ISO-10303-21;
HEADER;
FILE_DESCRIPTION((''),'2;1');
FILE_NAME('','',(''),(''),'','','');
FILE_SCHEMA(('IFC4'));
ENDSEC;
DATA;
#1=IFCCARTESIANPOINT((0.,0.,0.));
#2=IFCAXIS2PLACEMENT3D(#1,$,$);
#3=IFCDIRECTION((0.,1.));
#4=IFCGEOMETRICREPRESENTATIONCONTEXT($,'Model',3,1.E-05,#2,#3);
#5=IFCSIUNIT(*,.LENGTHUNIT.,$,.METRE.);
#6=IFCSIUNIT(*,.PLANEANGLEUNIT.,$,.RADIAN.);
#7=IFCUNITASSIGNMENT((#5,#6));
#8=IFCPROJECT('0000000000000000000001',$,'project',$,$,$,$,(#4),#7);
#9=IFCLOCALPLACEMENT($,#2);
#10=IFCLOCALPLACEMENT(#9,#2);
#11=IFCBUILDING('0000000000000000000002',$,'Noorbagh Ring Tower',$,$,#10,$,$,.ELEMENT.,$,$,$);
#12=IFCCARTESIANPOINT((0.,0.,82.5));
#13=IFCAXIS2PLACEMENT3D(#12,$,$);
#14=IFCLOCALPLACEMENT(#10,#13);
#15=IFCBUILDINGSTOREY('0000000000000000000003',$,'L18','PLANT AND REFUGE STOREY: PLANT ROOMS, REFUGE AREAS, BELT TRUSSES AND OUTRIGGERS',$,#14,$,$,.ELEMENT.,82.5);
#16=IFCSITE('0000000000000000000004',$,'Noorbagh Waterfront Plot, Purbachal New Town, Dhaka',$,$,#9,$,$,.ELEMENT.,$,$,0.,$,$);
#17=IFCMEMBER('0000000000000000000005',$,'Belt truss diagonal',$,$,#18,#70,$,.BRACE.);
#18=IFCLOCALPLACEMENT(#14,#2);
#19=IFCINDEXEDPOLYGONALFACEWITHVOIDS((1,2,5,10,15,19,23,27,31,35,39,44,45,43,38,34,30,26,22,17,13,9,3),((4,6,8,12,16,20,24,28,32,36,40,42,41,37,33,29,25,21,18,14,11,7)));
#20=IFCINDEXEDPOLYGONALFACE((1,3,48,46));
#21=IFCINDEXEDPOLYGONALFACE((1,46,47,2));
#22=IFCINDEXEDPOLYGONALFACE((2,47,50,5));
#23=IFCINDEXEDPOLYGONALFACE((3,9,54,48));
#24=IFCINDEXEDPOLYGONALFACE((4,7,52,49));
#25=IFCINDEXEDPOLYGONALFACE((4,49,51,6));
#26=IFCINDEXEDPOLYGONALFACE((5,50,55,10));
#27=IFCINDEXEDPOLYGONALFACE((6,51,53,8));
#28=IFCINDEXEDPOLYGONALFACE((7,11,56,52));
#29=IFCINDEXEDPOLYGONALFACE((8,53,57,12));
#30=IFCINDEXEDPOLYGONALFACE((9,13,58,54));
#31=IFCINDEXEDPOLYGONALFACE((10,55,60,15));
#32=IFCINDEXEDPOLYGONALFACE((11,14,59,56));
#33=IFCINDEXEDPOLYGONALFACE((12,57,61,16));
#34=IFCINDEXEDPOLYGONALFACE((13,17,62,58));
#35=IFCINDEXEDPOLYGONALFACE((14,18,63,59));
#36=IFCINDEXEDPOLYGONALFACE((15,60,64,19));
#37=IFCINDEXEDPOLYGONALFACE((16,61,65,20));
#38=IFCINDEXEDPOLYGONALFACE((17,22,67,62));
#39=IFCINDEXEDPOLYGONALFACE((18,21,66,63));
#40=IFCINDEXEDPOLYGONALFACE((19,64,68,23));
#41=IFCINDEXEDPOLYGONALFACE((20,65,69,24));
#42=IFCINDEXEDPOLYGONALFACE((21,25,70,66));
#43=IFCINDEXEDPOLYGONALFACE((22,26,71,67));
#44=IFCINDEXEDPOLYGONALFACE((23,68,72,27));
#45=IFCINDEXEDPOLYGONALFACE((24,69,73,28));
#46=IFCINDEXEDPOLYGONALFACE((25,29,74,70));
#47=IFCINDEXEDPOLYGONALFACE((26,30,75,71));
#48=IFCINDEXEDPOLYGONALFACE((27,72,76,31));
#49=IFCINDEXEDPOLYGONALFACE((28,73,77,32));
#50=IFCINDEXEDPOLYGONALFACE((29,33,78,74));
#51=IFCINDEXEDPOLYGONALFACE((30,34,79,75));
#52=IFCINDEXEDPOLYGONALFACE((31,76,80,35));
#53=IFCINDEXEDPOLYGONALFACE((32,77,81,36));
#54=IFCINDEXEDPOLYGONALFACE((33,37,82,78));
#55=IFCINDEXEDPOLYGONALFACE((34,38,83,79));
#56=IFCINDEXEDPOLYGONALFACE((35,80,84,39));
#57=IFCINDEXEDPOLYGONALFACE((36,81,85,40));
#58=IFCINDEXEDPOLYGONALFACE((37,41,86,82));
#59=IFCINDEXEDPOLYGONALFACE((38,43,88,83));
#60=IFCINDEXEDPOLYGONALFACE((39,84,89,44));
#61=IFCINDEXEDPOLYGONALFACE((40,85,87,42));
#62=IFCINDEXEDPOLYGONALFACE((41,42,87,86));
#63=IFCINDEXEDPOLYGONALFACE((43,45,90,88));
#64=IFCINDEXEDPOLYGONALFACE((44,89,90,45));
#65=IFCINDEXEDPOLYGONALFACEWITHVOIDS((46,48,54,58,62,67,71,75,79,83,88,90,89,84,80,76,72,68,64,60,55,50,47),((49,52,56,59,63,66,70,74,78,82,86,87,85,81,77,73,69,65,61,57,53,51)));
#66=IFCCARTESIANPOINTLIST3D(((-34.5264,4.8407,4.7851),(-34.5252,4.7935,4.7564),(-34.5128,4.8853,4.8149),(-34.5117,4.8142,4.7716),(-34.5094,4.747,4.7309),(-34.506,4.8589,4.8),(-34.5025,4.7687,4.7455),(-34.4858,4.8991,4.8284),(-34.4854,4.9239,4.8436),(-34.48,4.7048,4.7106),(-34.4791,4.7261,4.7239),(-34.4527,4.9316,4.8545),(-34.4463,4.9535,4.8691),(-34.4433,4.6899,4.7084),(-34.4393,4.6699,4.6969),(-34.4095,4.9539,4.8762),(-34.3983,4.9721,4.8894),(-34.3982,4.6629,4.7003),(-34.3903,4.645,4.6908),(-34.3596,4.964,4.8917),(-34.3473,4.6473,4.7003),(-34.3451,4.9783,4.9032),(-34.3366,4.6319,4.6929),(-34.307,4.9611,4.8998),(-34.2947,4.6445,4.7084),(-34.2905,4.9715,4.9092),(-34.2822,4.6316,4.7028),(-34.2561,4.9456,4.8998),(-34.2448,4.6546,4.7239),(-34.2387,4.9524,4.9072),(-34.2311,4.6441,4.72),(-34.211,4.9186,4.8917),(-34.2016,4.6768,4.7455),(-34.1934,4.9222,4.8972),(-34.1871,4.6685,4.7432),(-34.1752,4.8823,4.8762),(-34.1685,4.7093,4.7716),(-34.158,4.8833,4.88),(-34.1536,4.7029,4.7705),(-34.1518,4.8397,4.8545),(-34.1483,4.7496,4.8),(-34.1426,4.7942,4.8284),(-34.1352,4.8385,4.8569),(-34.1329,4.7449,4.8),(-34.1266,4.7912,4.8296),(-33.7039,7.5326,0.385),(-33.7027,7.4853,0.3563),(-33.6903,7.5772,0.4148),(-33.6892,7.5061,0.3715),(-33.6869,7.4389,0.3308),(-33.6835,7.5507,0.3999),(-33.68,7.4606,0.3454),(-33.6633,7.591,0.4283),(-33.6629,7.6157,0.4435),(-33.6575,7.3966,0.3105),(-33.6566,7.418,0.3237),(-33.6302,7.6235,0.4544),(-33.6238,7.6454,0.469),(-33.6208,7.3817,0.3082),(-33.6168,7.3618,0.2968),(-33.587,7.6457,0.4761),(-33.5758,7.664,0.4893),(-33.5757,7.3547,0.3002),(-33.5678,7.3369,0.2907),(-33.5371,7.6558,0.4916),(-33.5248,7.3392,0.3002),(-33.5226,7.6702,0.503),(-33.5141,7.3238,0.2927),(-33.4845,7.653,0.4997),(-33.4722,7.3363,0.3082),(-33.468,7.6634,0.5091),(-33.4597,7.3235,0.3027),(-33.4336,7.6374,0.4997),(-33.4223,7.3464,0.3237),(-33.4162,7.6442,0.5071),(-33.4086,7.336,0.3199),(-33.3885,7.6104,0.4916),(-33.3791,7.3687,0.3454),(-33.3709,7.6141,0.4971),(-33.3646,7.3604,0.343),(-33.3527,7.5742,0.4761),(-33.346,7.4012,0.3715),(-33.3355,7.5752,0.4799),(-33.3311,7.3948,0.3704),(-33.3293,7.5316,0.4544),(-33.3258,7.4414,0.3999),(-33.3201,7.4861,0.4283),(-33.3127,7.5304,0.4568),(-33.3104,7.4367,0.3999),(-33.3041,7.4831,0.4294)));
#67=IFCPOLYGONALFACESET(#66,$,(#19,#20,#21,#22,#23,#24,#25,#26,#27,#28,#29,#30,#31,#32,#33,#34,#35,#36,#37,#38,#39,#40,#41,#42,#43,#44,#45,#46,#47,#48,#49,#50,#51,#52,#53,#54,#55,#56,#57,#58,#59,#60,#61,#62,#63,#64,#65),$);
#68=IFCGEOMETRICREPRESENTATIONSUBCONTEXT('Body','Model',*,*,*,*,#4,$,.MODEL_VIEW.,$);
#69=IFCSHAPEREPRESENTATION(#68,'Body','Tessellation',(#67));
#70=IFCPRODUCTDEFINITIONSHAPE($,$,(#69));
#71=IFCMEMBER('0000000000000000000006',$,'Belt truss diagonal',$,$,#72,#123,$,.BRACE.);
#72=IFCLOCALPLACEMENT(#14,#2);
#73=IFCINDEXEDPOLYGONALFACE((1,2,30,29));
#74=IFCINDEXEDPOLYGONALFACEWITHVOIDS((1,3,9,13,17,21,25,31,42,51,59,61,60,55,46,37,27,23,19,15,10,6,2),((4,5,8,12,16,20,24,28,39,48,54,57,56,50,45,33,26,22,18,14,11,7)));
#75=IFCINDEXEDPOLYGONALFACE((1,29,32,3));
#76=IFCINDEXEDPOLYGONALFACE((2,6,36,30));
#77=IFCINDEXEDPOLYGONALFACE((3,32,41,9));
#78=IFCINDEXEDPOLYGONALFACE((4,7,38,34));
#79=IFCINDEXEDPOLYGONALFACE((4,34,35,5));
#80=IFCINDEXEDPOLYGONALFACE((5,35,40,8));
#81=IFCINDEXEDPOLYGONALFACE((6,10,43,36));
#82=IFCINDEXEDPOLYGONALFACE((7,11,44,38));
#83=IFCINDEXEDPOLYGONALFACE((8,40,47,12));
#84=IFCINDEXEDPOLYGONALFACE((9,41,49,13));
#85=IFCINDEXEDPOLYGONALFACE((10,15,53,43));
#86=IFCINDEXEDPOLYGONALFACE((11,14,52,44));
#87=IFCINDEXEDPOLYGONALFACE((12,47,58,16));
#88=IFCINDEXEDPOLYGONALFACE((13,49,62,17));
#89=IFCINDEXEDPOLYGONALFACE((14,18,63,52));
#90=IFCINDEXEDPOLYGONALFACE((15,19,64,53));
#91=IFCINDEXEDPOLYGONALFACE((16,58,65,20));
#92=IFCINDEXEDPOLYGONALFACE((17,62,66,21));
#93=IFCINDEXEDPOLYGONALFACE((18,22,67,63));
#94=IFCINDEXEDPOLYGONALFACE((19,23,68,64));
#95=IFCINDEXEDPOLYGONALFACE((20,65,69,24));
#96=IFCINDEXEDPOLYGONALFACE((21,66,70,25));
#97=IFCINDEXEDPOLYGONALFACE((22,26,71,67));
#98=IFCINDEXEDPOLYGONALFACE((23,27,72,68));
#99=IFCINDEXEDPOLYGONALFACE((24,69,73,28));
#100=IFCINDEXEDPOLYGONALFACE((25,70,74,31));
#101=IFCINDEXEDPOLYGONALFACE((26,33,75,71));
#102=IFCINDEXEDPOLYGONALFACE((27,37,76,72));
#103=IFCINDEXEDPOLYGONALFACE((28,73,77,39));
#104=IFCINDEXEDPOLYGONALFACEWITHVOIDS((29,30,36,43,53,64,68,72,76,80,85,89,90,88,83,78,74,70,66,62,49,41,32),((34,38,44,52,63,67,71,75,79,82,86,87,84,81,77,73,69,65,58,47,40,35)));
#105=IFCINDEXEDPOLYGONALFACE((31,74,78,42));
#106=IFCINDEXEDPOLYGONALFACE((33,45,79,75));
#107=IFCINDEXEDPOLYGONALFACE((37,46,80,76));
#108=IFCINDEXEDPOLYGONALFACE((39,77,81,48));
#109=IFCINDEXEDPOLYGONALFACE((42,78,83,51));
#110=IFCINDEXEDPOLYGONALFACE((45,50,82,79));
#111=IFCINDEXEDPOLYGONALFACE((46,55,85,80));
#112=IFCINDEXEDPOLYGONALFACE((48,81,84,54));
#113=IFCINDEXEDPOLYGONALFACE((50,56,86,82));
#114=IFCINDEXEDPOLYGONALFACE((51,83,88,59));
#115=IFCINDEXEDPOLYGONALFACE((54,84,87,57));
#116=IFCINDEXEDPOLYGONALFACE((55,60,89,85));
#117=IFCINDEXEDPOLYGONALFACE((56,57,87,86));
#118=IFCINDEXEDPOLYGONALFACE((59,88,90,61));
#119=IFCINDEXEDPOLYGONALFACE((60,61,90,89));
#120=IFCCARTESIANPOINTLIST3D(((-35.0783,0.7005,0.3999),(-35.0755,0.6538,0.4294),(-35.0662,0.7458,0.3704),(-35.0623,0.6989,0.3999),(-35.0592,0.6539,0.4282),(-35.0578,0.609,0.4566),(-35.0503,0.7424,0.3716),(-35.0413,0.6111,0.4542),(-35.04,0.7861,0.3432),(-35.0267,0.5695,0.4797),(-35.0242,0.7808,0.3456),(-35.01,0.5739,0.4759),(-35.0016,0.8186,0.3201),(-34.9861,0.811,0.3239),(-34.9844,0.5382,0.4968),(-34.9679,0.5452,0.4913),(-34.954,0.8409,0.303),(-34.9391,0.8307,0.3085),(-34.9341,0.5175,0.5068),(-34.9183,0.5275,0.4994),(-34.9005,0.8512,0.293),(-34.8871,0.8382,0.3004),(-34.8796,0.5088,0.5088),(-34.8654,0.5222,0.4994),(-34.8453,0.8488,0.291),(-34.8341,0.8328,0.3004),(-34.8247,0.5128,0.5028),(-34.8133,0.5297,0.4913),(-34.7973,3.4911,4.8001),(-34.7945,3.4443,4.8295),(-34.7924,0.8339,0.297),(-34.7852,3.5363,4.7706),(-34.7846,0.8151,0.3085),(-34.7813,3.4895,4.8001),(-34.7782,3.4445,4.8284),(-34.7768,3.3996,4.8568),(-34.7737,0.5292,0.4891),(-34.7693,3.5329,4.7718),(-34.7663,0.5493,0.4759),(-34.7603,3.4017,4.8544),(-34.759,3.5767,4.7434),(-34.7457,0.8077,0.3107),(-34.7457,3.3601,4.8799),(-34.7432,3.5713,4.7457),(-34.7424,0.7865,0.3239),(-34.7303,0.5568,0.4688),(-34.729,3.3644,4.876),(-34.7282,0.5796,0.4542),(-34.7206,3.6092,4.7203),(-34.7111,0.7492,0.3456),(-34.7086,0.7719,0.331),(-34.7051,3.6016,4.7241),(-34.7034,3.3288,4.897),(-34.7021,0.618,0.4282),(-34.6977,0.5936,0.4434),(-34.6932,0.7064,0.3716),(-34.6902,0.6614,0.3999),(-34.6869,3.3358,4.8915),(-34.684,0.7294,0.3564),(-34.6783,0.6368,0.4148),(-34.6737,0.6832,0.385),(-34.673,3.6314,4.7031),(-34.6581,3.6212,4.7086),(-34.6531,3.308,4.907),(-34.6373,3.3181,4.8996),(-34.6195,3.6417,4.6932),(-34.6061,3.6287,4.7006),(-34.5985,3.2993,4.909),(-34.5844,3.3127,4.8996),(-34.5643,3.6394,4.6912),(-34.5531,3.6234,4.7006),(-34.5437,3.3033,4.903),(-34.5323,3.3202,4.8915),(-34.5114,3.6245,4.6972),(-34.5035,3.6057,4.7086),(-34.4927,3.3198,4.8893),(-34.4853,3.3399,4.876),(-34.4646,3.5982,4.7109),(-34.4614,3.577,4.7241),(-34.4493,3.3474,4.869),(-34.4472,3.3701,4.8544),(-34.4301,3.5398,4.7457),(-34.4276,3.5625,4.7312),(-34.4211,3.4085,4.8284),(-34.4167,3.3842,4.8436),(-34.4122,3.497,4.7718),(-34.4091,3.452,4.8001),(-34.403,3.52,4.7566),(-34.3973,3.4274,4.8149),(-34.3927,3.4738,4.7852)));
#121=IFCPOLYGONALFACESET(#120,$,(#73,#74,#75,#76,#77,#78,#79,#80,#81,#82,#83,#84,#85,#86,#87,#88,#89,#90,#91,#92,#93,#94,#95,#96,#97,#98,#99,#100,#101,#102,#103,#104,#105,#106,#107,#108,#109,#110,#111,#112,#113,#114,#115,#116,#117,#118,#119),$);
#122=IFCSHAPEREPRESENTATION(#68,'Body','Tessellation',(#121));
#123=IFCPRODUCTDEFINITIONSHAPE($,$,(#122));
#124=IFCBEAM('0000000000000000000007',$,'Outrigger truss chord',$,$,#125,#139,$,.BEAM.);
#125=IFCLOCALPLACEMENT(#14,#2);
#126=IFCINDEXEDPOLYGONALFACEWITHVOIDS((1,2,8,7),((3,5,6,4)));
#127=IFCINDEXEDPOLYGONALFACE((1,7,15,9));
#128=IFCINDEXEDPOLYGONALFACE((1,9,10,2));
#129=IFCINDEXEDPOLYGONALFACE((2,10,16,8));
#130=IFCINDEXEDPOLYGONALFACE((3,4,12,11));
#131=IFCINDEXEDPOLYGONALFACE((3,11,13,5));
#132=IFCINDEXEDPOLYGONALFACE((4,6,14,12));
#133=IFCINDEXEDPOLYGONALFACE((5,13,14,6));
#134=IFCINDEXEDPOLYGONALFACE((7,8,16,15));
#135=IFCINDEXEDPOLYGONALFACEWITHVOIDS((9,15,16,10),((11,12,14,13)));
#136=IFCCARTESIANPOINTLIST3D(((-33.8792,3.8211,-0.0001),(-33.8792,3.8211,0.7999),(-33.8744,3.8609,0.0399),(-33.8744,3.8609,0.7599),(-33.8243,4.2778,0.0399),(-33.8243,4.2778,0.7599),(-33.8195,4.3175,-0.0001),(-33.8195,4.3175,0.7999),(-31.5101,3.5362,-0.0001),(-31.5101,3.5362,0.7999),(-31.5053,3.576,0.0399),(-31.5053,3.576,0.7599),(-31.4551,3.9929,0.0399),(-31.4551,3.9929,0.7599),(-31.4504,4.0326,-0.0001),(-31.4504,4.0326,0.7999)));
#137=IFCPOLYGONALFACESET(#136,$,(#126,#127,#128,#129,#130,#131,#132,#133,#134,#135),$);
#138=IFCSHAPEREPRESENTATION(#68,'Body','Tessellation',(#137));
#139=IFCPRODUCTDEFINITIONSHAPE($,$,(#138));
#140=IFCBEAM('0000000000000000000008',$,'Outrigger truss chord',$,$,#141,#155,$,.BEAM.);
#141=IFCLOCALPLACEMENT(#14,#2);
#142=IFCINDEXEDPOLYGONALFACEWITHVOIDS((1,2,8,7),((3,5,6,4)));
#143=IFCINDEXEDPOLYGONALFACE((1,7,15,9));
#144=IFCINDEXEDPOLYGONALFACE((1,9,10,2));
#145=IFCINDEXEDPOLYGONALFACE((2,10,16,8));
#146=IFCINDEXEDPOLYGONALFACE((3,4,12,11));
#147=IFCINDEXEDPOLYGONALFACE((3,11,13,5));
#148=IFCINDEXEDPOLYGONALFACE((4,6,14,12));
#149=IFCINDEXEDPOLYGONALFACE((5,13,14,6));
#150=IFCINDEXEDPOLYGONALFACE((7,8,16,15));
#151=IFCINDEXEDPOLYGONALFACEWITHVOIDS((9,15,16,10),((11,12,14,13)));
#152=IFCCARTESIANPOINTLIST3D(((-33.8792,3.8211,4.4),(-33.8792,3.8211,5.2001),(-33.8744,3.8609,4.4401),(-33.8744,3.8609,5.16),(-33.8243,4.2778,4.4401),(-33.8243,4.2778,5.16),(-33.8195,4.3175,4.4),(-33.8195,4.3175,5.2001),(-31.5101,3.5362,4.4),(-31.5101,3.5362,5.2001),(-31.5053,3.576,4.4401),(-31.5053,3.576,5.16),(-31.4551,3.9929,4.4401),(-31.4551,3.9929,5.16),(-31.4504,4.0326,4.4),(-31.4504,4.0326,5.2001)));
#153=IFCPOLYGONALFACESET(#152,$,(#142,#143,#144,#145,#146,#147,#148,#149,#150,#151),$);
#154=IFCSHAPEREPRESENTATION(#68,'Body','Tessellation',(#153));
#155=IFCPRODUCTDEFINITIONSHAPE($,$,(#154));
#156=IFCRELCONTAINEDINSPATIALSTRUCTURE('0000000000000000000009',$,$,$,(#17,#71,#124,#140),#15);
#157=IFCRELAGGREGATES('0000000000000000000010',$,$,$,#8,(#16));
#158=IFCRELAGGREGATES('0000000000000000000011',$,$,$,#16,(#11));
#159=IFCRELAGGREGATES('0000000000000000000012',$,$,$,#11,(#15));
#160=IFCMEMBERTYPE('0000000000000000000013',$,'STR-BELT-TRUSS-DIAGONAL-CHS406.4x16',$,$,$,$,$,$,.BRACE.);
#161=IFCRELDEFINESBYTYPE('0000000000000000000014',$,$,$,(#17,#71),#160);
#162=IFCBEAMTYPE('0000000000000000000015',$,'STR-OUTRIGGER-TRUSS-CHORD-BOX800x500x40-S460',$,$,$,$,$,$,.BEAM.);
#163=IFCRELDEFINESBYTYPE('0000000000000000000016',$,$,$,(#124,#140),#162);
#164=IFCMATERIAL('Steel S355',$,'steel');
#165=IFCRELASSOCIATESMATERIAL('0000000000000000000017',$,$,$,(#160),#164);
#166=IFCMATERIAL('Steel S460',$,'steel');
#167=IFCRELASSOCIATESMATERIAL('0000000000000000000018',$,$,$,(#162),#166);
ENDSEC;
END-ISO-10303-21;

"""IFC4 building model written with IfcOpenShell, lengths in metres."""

from ifc_helpers import new_model, si_unit, direction, frame, origin, origin_2d, place, context, subcontext, project, spatial, hollow_rectangle, hollow_circle, extrude, material, material_profile, profile_set, type_object, element, save


model = new_model("IFC4")

# Units and contexts
model_context = context("Model", 3, precision=1e-05, world=origin(), true_north=direction((0.0, 1.0)))
body_context = subcontext(model_context, "Body", "Model", "MODEL_VIEW")
ifc_project = project(units=[si_unit("LENGTHUNIT", "METRE"), si_unit("PLANEANGLEUNIT", "RADIAN")], contexts=[model_context])

# Site, building, storey
site_placement = place(None, origin())
site = spatial("IfcSite", under=ifc_project, at=site_placement, Name="Noorbagh Waterfront Plot, Purbachal New Town, Dhaka", CompositionType="ELEMENT", RefElevation=0.0)
building_placement = place(site_placement, origin())
building = spatial("IfcBuilding", under=site, at=building_placement, Name="Noorbagh Ring Tower", CompositionType="ELEMENT")
storey_placement = place(building_placement, frame((0.0, 0.0, 82.5)))
storey = spatial("IfcBuildingStorey", under=building, at=storey_placement, Name="L18", Description="PLANT AND REFUGE STOREY: PLANT ROOMS, REFUGE AREAS, BELT TRUSSES AND OUTRIGGERS", CompositionType="ELEMENT", Elevation=82.5)

# Members
ifc_material_1 = material(Name="Steel S355", Category="steel")
ifc_material_profile_1 = material_profile(ifc_material_1, hollow_circle(Radius=0.2031, WallThickness=0.0161, at=origin_2d()), Name="CHS406.4x16")
ifc_profile_set_1 = profile_set([ifc_material_profile_1], Name="Steel S355")
member_type_1 = type_object("IfcMemberType", Name="STR-BELT-TRUSS-DIAGONAL-CHS406.4x16", PredefinedType="BRACE", material=ifc_profile_set_1)
member_1_placement = place(storey_placement, frame((-33.5046, 7.4961, 0.3999), z_axis=(-0.157466, -0.515351, 0.842388), x_axis=(0.956353, -0.292214, 0.0)))
element("IfcMember", 1, at=member_1_placement, inside=storey, type_object=member_type_1, Name="Belt truss diagonal", PredefinedType="BRACE", context=body_context, shape_type="SweptSolid", body=[
    extrude(hollow_circle(Radius=0.2031, WallThickness=0.0161, at=origin_2d()), origin(), (0.0, 0.0, 1.0), 5.2234),
])
member_2_placement = place(storey_placement, frame((-34.8762, 0.6802, 0.3999), z_axis=(0.053853, 0.534791, 0.843267), x_axis=(-0.994968, 0.100193, 0.0)))
element("IfcMember", 2, at=member_2_placement, inside=storey, type_object=member_type_1, Name="Belt truss diagonal", PredefinedType="BRACE", context=body_context, shape_type="SweptSolid", body=[
    extrude(hollow_circle(Radius=0.2031, WallThickness=0.0161, at=origin_2d()), origin(), (0.0, 0.0, 1.0), 5.218),
])

# Beams
ifc_material_2 = material(Name="Steel S460", Category="steel")
ifc_material_profile_2 = material_profile(ifc_material_2, hollow_rectangle(XDim=0.5, YDim=0.8, WallThickness=0.04, at=origin_2d()), Name="BOX800x500x40")
ifc_profile_set_2 = profile_set([ifc_material_profile_2], Name="Steel S460")
beam_type_1 = type_object("IfcBeamType", Name="STR-OUTRIGGER-TRUSS-CHORD-BOX800x500x40-S460", PredefinedType="BEAM", material=ifc_profile_set_2)
for number, where, z_axis, x_axis, name in (
    (3, (-33.8494, 4.0693, 0.3999), (0.992846, -0.119399, 0.0), (0.119399, 0.992846, 0.0), "Outrigger truss chord"),
    (4, (-33.8494, 4.0693, 4.8), (0.992846, -0.119399, 0.0), (0.119399, 0.992846, 0.0), "Outrigger truss chord"),
):
    element("IfcBeam", number, at=place(storey_placement, frame(where, z_axis=z_axis, x_axis=x_axis)), inside=storey, type_object=beam_type_1, Name=name, PredefinedType="BEAM", context=body_context, shape_type="SweptSolid", body=[
        extrude(hollow_rectangle(XDim=0.5, YDim=0.8, WallThickness=0.04, at=origin_2d()), origin(), (0.0, 0.0, 1.0), 2.3862),
    ])

save(model, "model.ifc")
